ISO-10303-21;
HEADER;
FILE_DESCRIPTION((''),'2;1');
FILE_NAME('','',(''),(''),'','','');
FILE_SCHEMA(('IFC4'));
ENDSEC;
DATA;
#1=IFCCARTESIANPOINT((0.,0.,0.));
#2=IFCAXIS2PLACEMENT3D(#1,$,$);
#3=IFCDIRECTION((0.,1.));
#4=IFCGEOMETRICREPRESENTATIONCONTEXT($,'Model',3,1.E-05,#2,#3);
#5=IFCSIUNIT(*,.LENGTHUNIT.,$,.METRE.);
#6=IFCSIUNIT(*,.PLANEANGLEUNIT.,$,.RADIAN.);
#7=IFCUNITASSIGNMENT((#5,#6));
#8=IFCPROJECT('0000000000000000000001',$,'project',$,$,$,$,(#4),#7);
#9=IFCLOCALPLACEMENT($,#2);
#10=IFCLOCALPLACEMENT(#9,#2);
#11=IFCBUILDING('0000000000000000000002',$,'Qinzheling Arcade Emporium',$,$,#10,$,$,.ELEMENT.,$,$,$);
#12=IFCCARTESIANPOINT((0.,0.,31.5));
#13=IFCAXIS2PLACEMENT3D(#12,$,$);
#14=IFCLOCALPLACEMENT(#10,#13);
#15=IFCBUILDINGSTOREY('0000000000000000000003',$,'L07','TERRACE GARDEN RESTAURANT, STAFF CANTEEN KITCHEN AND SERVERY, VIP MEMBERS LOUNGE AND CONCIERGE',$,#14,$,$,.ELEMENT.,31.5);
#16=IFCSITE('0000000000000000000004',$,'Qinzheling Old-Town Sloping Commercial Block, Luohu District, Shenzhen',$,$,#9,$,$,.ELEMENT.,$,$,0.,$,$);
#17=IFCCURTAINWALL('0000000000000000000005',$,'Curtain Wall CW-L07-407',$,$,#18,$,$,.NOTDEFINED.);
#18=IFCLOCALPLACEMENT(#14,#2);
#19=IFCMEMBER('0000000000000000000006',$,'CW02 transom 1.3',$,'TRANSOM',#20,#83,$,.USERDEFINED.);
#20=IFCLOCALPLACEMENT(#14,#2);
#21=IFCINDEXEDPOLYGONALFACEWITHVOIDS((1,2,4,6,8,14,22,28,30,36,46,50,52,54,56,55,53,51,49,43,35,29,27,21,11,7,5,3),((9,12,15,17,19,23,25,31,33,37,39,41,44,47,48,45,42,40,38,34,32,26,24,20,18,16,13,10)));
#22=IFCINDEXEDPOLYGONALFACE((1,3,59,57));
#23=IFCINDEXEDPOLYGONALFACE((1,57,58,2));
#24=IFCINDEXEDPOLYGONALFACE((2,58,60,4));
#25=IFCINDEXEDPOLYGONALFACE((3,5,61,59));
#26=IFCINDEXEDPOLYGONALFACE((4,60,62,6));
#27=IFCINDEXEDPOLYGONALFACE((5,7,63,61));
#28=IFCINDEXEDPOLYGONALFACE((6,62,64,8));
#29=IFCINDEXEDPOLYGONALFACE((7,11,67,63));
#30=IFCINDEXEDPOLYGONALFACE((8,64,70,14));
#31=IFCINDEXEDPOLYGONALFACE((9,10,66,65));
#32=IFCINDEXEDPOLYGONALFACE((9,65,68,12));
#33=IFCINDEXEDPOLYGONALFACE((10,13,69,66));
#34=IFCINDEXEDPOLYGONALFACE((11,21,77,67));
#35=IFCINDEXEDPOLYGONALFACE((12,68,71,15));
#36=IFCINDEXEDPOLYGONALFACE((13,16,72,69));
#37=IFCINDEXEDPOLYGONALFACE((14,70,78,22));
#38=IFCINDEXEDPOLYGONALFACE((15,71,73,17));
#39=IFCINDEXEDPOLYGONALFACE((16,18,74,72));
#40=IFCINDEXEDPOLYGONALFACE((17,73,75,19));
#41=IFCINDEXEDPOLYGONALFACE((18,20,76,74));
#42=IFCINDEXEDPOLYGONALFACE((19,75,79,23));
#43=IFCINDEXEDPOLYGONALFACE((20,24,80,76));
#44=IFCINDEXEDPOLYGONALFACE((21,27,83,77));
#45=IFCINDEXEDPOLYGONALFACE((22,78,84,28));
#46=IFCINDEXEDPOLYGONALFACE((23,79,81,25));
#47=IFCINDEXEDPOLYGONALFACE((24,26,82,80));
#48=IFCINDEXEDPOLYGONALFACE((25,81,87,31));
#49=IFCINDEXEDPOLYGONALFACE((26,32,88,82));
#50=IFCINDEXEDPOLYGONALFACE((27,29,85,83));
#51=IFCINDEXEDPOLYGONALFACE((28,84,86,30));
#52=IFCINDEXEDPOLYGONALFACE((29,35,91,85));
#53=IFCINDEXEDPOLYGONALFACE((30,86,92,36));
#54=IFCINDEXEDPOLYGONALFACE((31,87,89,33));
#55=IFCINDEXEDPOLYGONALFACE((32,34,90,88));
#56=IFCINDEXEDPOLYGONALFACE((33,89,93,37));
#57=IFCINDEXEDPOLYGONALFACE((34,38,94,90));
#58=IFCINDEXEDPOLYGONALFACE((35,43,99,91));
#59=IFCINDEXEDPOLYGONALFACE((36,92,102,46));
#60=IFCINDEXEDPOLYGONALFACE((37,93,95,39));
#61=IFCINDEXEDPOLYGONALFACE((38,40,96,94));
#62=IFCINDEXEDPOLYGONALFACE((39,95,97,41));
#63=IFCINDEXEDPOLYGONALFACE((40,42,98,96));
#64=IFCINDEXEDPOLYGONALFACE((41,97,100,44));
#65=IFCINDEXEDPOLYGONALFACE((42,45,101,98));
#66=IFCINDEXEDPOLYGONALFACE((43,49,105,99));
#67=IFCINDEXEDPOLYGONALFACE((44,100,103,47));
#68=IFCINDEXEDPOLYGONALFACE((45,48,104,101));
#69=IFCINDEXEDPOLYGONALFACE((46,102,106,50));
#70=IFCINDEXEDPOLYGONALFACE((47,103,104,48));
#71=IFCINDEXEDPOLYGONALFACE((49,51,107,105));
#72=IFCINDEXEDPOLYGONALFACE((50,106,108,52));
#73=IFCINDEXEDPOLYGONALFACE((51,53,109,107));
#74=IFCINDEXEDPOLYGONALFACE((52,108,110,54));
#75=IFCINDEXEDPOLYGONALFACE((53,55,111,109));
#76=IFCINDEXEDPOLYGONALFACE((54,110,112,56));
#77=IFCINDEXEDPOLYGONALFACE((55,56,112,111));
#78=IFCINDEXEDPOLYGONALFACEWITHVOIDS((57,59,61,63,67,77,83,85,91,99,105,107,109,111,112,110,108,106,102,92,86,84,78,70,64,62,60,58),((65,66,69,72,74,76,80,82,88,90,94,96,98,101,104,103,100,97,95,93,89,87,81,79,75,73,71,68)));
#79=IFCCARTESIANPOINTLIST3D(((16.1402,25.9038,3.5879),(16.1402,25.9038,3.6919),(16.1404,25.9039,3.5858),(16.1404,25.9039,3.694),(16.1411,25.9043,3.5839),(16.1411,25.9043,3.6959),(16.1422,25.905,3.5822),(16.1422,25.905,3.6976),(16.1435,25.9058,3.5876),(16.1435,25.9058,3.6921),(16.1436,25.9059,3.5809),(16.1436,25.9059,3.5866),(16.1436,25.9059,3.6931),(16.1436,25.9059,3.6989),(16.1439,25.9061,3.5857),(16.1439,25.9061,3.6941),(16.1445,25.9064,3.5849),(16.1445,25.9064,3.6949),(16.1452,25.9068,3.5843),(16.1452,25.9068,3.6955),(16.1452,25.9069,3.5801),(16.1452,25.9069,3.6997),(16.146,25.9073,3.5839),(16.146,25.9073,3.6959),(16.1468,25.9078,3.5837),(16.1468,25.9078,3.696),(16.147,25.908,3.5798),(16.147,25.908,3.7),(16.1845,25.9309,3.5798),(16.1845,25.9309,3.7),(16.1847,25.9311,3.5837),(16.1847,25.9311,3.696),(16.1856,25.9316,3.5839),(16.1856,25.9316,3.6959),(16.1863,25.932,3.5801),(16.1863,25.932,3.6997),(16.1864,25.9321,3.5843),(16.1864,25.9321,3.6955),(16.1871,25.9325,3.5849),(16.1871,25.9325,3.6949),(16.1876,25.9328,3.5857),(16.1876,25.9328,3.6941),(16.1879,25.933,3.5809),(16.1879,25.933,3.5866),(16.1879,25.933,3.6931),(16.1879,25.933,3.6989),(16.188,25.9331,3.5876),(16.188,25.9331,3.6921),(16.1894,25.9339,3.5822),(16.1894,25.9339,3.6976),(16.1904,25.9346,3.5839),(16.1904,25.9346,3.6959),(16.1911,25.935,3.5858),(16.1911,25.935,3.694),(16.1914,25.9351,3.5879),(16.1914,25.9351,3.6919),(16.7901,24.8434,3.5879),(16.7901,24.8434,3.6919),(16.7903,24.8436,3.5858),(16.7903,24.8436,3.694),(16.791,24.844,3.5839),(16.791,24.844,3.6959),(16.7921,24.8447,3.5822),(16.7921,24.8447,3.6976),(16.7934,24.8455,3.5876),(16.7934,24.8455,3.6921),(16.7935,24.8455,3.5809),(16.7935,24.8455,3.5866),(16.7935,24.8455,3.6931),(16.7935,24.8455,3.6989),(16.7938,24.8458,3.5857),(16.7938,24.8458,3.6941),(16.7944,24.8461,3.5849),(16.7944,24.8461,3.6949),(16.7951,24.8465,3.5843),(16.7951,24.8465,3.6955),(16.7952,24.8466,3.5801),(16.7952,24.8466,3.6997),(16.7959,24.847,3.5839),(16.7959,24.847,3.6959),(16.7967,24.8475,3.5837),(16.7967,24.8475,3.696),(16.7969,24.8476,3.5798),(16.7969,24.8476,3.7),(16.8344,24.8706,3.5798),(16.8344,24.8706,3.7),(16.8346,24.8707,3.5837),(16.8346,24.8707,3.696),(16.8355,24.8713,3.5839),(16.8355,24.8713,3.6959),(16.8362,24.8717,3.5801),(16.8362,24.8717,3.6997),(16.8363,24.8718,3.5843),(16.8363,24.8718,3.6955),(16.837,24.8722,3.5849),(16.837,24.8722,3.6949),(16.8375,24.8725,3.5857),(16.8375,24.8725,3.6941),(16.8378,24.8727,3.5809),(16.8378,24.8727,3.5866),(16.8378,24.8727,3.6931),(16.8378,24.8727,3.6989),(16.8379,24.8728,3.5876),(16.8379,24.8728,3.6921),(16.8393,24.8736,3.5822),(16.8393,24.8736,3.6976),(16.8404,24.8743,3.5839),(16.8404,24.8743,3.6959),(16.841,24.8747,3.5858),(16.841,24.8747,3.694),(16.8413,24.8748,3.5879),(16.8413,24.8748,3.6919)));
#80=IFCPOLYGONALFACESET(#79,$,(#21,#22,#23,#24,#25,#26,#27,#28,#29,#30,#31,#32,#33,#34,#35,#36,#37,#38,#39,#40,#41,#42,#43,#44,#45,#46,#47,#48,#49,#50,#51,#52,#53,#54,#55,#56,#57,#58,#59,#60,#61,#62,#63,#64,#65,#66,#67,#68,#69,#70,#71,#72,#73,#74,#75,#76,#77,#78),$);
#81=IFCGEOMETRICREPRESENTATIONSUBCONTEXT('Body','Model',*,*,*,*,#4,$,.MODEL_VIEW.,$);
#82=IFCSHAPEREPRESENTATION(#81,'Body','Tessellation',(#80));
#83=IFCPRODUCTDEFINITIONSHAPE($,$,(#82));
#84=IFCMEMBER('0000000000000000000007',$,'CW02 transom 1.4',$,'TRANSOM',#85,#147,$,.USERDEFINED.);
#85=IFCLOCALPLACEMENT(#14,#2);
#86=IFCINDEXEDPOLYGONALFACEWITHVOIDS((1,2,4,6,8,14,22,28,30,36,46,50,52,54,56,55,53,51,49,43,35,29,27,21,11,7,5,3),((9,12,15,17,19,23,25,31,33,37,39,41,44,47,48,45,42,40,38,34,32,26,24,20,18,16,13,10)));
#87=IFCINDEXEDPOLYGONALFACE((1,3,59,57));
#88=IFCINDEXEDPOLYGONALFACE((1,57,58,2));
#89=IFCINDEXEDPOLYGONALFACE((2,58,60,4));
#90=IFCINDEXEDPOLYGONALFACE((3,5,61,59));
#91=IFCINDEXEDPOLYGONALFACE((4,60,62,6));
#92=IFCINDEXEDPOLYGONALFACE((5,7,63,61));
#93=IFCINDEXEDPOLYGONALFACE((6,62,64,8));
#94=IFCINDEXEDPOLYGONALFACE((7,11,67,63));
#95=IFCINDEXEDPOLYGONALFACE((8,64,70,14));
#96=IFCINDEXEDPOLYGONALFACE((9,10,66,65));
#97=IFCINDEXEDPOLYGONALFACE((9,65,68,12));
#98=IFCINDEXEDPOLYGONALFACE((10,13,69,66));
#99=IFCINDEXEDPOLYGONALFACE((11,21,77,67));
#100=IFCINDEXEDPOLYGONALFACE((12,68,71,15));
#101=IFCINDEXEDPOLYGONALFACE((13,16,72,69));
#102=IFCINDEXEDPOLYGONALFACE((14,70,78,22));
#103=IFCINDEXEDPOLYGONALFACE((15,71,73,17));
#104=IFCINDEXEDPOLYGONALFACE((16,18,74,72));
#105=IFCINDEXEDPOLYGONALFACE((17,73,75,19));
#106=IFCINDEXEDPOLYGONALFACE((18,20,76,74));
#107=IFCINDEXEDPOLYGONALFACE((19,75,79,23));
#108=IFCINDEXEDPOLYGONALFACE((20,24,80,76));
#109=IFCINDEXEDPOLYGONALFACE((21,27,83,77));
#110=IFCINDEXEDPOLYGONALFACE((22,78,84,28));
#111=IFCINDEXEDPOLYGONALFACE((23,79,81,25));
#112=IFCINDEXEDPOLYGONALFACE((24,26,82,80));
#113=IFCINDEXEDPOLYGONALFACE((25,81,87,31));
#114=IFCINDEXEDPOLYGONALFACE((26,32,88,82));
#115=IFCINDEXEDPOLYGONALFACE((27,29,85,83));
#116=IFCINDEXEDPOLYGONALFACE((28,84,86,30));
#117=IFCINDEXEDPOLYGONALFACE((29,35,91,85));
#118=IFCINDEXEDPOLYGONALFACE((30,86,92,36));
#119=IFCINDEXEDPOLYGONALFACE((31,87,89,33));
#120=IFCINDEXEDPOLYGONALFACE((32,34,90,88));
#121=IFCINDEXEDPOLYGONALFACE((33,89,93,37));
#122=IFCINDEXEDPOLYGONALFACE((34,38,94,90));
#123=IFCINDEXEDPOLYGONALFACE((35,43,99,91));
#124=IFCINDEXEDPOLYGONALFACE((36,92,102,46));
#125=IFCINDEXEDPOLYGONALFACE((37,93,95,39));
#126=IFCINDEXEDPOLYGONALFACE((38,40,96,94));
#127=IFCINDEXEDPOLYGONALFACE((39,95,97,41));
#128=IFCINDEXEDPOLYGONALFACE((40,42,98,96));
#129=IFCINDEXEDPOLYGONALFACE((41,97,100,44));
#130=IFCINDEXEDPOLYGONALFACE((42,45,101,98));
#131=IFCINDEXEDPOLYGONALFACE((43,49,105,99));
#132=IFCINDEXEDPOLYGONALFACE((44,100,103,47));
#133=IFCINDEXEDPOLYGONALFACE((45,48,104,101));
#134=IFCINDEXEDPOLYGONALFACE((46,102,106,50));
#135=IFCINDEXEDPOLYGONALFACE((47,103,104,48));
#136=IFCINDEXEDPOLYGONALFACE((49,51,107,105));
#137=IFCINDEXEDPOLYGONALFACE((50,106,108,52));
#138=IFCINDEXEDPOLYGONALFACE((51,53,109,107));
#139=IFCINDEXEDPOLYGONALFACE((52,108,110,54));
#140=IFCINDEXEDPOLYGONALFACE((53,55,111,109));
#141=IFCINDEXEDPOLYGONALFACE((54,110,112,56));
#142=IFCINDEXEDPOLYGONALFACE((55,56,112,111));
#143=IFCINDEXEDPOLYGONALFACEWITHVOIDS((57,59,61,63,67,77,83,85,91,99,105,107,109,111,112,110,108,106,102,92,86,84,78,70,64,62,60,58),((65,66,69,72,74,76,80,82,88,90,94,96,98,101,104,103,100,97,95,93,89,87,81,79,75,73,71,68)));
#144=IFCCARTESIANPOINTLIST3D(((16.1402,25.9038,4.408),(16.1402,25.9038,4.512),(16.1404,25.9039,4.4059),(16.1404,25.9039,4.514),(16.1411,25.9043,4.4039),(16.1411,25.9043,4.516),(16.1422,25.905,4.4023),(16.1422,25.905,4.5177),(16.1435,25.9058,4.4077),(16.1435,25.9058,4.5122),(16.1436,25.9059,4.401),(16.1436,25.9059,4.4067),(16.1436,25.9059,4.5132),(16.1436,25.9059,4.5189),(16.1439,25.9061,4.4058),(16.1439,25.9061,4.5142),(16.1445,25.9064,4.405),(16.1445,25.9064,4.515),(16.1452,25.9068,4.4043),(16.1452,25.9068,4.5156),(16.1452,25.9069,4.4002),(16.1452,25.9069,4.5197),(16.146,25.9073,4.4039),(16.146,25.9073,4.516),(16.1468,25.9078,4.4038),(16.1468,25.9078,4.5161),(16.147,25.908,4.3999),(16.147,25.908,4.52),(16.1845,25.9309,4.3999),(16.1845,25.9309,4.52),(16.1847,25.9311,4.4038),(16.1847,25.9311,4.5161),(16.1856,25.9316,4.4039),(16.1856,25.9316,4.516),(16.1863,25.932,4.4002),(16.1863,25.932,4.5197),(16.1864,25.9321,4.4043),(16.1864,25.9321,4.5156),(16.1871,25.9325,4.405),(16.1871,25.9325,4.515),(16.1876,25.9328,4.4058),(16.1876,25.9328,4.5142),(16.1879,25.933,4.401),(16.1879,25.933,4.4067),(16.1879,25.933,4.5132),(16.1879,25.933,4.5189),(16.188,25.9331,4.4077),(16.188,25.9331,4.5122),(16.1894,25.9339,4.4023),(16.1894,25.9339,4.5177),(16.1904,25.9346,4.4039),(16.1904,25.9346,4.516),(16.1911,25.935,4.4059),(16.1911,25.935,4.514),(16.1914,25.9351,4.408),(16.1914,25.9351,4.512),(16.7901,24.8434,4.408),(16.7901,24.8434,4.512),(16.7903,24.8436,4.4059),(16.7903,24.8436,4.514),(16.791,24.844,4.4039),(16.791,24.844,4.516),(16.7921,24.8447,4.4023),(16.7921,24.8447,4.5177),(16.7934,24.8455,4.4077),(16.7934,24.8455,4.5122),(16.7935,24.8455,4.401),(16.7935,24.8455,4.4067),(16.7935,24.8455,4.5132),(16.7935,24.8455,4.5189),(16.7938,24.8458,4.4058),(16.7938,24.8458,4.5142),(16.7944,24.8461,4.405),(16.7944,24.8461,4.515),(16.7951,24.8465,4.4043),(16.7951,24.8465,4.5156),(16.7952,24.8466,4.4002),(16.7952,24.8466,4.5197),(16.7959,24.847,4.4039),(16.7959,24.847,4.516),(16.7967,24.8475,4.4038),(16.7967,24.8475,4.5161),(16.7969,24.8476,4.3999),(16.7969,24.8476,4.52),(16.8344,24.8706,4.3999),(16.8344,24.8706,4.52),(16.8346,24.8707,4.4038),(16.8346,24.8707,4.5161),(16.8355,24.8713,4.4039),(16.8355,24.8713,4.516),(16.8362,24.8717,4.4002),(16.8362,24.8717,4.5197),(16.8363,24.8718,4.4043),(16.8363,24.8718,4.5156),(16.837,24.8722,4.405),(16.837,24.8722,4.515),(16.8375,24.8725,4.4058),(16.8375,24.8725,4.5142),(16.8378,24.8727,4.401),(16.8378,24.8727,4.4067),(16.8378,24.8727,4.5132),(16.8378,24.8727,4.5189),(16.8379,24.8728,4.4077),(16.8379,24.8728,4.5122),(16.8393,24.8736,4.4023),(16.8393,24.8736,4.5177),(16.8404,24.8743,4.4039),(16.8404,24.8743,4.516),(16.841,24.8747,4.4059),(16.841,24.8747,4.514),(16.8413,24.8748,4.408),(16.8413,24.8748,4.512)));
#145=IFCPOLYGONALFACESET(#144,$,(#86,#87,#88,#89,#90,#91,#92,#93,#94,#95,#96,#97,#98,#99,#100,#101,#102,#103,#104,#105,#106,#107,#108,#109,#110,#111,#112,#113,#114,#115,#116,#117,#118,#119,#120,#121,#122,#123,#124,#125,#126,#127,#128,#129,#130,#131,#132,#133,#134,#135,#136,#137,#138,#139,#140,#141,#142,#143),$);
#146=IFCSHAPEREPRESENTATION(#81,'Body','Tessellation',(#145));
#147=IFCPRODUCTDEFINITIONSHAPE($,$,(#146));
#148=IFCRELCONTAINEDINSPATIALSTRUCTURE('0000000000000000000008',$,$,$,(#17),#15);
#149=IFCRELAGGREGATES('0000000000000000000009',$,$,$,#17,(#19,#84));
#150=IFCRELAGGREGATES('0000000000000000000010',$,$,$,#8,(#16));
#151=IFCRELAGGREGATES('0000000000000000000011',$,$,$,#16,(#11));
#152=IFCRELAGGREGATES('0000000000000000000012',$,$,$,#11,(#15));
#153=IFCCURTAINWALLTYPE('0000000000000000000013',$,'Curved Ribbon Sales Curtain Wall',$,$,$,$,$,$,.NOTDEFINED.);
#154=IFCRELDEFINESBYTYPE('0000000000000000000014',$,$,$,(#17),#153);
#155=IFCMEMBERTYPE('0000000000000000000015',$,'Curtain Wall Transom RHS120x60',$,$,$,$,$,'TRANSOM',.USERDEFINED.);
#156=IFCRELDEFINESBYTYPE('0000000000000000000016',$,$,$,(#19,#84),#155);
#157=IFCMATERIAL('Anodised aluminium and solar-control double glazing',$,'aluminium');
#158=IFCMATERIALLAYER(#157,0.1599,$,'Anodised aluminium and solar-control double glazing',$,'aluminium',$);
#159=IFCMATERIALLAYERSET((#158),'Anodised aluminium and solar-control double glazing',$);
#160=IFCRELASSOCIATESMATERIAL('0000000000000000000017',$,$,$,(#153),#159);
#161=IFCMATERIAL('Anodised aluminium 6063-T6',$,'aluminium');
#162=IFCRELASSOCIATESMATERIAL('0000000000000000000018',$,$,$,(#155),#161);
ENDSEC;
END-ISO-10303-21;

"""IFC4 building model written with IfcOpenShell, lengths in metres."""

from ifc_helpers import new_model, si_unit, direction, frame, origin, origin_2d, place, context, subcontext, project, spatial, hollow_rectangle, extrude, material, layer, layer_set, material_profile, profile_set, type_object, element, aggregate, save


model = new_model("IFC4")

# Units and contexts
model_context = context("Model", 3, precision=1e-05, world=origin(), true_north=direction((0.0, 1.0)))
body_context = subcontext(model_context, "Body", "Model", "MODEL_VIEW")
ifc_project = project(units=[si_unit("LENGTHUNIT", "METRE"), si_unit("PLANEANGLEUNIT", "RADIAN")], contexts=[model_context])

# Site, building, storey
site_placement = place(None, origin())
site = spatial("IfcSite", under=ifc_project, at=site_placement, Name="Qinzheling Old-Town Sloping Commercial Block, Luohu District, Shenzhen", CompositionType="ELEMENT", RefElevation=0.0)
building_placement = place(site_placement, origin())
building = spatial("IfcBuilding", under=site, at=building_placement, Name="Qinzheling Arcade Emporium", CompositionType="ELEMENT")
storey_placement = place(building_placement, frame((0.0, 0.0, 31.5)))
storey = spatial("IfcBuildingStorey", under=building, at=storey_placement, Name="L07", Description="TERRACE GARDEN RESTAURANT, STAFF CANTEEN KITCHEN AND SERVERY, VIP MEMBERS LOUNGE AND CONCIERGE", CompositionType="ELEMENT", Elevation=31.5)

# Curtain wall
ifc_material_1 = material(Name="Anodised aluminium and solar-control double glazing", Category="aluminium")
ifc_layer_1 = layer(ifc_material_1, 0.1599, Name="Anodised aluminium and solar-control double glazing", Category="aluminium")
ifc_layer_set_1 = layer_set([ifc_layer_1], Name="Anodised aluminium and solar-control double glazing")
curtain_wall_type = type_object("IfcCurtainWallType", Name="Curved Ribbon Sales Curtain Wall", PredefinedType="NOTDEFINED", material=ifc_layer_set_1)
curtain_wall_1_placement = place(storey_placement, origin())
curtain_wall_1 = element("IfcCurtainWall", 1, at=curtain_wall_1_placement, inside=storey, type_object=curtain_wall_type, Name="Curtain Wall CW-L07-407", PredefinedType="NOTDEFINED")
ifc_material_2 = material(Name="Anodised aluminium 6063-T6", Category="aluminium")

# Members
ifc_material_profile_1 = material_profile(ifc_material_2, hollow_rectangle(XDim=0.0601, YDim=0.1201, WallThickness=0.0039, InnerFilletRadius=0.0039, OuterFilletRadius=0.0081, at=origin_2d()), Name="RHS 120x60x4", Category="aluminium")
ifc_profile_set_1 = profile_set([ifc_material_profile_1], Name="Anodised aluminium 6063-T6")
member_type_1 = type_object("IfcMemberType", Name="Curtain Wall Transom RHS120x60", ElementType="TRANSOM", PredefinedType="USERDEFINED", material=ifc_profile_set_1)
member_1_placement = place(storey_placement, frame((16.8157, 24.8591, 3.6399), z_axis=(-0.522585, 0.852587, 0.0), x_axis=(-0.852587, -0.522585, 0.0)))
member_1 = element("IfcMember", 2, at=member_1_placement, type_object=member_type_1, Name="CW02 transom 1.3", ObjectType="TRANSOM", PredefinedType="USERDEFINED", context=body_context, shape_type="SweptSolid", body=[
    extrude(hollow_rectangle(XDim=0.0601, YDim=0.1201, WallThickness=0.0039, InnerFilletRadius=0.0039, OuterFilletRadius=0.0081, at=origin_2d()), origin(), (0.0, 0.0, 1.0), 1.2437),
])
member_2_placement = place(storey_placement, frame((16.8157, 24.8591, 4.46), z_axis=(-0.522585, 0.852587, 0.0), x_axis=(-0.852587, -0.522585, 0.0)))
member_2 = element("IfcMember", 3, at=member_2_placement, type_object=member_type_1, Name="CW02 transom 1.4", ObjectType="TRANSOM", PredefinedType="USERDEFINED", context=body_context, shape_type="SweptSolid", body=[
    extrude(hollow_rectangle(XDim=0.0601, YDim=0.1201, WallThickness=0.0039, InnerFilletRadius=0.0039, OuterFilletRadius=0.0081, at=origin_2d()), origin(), (0.0, 0.0, 1.0), 1.2437),
])

aggregate(curtain_wall_1, [member_1, member_2])

save(model, "model.ifc")
